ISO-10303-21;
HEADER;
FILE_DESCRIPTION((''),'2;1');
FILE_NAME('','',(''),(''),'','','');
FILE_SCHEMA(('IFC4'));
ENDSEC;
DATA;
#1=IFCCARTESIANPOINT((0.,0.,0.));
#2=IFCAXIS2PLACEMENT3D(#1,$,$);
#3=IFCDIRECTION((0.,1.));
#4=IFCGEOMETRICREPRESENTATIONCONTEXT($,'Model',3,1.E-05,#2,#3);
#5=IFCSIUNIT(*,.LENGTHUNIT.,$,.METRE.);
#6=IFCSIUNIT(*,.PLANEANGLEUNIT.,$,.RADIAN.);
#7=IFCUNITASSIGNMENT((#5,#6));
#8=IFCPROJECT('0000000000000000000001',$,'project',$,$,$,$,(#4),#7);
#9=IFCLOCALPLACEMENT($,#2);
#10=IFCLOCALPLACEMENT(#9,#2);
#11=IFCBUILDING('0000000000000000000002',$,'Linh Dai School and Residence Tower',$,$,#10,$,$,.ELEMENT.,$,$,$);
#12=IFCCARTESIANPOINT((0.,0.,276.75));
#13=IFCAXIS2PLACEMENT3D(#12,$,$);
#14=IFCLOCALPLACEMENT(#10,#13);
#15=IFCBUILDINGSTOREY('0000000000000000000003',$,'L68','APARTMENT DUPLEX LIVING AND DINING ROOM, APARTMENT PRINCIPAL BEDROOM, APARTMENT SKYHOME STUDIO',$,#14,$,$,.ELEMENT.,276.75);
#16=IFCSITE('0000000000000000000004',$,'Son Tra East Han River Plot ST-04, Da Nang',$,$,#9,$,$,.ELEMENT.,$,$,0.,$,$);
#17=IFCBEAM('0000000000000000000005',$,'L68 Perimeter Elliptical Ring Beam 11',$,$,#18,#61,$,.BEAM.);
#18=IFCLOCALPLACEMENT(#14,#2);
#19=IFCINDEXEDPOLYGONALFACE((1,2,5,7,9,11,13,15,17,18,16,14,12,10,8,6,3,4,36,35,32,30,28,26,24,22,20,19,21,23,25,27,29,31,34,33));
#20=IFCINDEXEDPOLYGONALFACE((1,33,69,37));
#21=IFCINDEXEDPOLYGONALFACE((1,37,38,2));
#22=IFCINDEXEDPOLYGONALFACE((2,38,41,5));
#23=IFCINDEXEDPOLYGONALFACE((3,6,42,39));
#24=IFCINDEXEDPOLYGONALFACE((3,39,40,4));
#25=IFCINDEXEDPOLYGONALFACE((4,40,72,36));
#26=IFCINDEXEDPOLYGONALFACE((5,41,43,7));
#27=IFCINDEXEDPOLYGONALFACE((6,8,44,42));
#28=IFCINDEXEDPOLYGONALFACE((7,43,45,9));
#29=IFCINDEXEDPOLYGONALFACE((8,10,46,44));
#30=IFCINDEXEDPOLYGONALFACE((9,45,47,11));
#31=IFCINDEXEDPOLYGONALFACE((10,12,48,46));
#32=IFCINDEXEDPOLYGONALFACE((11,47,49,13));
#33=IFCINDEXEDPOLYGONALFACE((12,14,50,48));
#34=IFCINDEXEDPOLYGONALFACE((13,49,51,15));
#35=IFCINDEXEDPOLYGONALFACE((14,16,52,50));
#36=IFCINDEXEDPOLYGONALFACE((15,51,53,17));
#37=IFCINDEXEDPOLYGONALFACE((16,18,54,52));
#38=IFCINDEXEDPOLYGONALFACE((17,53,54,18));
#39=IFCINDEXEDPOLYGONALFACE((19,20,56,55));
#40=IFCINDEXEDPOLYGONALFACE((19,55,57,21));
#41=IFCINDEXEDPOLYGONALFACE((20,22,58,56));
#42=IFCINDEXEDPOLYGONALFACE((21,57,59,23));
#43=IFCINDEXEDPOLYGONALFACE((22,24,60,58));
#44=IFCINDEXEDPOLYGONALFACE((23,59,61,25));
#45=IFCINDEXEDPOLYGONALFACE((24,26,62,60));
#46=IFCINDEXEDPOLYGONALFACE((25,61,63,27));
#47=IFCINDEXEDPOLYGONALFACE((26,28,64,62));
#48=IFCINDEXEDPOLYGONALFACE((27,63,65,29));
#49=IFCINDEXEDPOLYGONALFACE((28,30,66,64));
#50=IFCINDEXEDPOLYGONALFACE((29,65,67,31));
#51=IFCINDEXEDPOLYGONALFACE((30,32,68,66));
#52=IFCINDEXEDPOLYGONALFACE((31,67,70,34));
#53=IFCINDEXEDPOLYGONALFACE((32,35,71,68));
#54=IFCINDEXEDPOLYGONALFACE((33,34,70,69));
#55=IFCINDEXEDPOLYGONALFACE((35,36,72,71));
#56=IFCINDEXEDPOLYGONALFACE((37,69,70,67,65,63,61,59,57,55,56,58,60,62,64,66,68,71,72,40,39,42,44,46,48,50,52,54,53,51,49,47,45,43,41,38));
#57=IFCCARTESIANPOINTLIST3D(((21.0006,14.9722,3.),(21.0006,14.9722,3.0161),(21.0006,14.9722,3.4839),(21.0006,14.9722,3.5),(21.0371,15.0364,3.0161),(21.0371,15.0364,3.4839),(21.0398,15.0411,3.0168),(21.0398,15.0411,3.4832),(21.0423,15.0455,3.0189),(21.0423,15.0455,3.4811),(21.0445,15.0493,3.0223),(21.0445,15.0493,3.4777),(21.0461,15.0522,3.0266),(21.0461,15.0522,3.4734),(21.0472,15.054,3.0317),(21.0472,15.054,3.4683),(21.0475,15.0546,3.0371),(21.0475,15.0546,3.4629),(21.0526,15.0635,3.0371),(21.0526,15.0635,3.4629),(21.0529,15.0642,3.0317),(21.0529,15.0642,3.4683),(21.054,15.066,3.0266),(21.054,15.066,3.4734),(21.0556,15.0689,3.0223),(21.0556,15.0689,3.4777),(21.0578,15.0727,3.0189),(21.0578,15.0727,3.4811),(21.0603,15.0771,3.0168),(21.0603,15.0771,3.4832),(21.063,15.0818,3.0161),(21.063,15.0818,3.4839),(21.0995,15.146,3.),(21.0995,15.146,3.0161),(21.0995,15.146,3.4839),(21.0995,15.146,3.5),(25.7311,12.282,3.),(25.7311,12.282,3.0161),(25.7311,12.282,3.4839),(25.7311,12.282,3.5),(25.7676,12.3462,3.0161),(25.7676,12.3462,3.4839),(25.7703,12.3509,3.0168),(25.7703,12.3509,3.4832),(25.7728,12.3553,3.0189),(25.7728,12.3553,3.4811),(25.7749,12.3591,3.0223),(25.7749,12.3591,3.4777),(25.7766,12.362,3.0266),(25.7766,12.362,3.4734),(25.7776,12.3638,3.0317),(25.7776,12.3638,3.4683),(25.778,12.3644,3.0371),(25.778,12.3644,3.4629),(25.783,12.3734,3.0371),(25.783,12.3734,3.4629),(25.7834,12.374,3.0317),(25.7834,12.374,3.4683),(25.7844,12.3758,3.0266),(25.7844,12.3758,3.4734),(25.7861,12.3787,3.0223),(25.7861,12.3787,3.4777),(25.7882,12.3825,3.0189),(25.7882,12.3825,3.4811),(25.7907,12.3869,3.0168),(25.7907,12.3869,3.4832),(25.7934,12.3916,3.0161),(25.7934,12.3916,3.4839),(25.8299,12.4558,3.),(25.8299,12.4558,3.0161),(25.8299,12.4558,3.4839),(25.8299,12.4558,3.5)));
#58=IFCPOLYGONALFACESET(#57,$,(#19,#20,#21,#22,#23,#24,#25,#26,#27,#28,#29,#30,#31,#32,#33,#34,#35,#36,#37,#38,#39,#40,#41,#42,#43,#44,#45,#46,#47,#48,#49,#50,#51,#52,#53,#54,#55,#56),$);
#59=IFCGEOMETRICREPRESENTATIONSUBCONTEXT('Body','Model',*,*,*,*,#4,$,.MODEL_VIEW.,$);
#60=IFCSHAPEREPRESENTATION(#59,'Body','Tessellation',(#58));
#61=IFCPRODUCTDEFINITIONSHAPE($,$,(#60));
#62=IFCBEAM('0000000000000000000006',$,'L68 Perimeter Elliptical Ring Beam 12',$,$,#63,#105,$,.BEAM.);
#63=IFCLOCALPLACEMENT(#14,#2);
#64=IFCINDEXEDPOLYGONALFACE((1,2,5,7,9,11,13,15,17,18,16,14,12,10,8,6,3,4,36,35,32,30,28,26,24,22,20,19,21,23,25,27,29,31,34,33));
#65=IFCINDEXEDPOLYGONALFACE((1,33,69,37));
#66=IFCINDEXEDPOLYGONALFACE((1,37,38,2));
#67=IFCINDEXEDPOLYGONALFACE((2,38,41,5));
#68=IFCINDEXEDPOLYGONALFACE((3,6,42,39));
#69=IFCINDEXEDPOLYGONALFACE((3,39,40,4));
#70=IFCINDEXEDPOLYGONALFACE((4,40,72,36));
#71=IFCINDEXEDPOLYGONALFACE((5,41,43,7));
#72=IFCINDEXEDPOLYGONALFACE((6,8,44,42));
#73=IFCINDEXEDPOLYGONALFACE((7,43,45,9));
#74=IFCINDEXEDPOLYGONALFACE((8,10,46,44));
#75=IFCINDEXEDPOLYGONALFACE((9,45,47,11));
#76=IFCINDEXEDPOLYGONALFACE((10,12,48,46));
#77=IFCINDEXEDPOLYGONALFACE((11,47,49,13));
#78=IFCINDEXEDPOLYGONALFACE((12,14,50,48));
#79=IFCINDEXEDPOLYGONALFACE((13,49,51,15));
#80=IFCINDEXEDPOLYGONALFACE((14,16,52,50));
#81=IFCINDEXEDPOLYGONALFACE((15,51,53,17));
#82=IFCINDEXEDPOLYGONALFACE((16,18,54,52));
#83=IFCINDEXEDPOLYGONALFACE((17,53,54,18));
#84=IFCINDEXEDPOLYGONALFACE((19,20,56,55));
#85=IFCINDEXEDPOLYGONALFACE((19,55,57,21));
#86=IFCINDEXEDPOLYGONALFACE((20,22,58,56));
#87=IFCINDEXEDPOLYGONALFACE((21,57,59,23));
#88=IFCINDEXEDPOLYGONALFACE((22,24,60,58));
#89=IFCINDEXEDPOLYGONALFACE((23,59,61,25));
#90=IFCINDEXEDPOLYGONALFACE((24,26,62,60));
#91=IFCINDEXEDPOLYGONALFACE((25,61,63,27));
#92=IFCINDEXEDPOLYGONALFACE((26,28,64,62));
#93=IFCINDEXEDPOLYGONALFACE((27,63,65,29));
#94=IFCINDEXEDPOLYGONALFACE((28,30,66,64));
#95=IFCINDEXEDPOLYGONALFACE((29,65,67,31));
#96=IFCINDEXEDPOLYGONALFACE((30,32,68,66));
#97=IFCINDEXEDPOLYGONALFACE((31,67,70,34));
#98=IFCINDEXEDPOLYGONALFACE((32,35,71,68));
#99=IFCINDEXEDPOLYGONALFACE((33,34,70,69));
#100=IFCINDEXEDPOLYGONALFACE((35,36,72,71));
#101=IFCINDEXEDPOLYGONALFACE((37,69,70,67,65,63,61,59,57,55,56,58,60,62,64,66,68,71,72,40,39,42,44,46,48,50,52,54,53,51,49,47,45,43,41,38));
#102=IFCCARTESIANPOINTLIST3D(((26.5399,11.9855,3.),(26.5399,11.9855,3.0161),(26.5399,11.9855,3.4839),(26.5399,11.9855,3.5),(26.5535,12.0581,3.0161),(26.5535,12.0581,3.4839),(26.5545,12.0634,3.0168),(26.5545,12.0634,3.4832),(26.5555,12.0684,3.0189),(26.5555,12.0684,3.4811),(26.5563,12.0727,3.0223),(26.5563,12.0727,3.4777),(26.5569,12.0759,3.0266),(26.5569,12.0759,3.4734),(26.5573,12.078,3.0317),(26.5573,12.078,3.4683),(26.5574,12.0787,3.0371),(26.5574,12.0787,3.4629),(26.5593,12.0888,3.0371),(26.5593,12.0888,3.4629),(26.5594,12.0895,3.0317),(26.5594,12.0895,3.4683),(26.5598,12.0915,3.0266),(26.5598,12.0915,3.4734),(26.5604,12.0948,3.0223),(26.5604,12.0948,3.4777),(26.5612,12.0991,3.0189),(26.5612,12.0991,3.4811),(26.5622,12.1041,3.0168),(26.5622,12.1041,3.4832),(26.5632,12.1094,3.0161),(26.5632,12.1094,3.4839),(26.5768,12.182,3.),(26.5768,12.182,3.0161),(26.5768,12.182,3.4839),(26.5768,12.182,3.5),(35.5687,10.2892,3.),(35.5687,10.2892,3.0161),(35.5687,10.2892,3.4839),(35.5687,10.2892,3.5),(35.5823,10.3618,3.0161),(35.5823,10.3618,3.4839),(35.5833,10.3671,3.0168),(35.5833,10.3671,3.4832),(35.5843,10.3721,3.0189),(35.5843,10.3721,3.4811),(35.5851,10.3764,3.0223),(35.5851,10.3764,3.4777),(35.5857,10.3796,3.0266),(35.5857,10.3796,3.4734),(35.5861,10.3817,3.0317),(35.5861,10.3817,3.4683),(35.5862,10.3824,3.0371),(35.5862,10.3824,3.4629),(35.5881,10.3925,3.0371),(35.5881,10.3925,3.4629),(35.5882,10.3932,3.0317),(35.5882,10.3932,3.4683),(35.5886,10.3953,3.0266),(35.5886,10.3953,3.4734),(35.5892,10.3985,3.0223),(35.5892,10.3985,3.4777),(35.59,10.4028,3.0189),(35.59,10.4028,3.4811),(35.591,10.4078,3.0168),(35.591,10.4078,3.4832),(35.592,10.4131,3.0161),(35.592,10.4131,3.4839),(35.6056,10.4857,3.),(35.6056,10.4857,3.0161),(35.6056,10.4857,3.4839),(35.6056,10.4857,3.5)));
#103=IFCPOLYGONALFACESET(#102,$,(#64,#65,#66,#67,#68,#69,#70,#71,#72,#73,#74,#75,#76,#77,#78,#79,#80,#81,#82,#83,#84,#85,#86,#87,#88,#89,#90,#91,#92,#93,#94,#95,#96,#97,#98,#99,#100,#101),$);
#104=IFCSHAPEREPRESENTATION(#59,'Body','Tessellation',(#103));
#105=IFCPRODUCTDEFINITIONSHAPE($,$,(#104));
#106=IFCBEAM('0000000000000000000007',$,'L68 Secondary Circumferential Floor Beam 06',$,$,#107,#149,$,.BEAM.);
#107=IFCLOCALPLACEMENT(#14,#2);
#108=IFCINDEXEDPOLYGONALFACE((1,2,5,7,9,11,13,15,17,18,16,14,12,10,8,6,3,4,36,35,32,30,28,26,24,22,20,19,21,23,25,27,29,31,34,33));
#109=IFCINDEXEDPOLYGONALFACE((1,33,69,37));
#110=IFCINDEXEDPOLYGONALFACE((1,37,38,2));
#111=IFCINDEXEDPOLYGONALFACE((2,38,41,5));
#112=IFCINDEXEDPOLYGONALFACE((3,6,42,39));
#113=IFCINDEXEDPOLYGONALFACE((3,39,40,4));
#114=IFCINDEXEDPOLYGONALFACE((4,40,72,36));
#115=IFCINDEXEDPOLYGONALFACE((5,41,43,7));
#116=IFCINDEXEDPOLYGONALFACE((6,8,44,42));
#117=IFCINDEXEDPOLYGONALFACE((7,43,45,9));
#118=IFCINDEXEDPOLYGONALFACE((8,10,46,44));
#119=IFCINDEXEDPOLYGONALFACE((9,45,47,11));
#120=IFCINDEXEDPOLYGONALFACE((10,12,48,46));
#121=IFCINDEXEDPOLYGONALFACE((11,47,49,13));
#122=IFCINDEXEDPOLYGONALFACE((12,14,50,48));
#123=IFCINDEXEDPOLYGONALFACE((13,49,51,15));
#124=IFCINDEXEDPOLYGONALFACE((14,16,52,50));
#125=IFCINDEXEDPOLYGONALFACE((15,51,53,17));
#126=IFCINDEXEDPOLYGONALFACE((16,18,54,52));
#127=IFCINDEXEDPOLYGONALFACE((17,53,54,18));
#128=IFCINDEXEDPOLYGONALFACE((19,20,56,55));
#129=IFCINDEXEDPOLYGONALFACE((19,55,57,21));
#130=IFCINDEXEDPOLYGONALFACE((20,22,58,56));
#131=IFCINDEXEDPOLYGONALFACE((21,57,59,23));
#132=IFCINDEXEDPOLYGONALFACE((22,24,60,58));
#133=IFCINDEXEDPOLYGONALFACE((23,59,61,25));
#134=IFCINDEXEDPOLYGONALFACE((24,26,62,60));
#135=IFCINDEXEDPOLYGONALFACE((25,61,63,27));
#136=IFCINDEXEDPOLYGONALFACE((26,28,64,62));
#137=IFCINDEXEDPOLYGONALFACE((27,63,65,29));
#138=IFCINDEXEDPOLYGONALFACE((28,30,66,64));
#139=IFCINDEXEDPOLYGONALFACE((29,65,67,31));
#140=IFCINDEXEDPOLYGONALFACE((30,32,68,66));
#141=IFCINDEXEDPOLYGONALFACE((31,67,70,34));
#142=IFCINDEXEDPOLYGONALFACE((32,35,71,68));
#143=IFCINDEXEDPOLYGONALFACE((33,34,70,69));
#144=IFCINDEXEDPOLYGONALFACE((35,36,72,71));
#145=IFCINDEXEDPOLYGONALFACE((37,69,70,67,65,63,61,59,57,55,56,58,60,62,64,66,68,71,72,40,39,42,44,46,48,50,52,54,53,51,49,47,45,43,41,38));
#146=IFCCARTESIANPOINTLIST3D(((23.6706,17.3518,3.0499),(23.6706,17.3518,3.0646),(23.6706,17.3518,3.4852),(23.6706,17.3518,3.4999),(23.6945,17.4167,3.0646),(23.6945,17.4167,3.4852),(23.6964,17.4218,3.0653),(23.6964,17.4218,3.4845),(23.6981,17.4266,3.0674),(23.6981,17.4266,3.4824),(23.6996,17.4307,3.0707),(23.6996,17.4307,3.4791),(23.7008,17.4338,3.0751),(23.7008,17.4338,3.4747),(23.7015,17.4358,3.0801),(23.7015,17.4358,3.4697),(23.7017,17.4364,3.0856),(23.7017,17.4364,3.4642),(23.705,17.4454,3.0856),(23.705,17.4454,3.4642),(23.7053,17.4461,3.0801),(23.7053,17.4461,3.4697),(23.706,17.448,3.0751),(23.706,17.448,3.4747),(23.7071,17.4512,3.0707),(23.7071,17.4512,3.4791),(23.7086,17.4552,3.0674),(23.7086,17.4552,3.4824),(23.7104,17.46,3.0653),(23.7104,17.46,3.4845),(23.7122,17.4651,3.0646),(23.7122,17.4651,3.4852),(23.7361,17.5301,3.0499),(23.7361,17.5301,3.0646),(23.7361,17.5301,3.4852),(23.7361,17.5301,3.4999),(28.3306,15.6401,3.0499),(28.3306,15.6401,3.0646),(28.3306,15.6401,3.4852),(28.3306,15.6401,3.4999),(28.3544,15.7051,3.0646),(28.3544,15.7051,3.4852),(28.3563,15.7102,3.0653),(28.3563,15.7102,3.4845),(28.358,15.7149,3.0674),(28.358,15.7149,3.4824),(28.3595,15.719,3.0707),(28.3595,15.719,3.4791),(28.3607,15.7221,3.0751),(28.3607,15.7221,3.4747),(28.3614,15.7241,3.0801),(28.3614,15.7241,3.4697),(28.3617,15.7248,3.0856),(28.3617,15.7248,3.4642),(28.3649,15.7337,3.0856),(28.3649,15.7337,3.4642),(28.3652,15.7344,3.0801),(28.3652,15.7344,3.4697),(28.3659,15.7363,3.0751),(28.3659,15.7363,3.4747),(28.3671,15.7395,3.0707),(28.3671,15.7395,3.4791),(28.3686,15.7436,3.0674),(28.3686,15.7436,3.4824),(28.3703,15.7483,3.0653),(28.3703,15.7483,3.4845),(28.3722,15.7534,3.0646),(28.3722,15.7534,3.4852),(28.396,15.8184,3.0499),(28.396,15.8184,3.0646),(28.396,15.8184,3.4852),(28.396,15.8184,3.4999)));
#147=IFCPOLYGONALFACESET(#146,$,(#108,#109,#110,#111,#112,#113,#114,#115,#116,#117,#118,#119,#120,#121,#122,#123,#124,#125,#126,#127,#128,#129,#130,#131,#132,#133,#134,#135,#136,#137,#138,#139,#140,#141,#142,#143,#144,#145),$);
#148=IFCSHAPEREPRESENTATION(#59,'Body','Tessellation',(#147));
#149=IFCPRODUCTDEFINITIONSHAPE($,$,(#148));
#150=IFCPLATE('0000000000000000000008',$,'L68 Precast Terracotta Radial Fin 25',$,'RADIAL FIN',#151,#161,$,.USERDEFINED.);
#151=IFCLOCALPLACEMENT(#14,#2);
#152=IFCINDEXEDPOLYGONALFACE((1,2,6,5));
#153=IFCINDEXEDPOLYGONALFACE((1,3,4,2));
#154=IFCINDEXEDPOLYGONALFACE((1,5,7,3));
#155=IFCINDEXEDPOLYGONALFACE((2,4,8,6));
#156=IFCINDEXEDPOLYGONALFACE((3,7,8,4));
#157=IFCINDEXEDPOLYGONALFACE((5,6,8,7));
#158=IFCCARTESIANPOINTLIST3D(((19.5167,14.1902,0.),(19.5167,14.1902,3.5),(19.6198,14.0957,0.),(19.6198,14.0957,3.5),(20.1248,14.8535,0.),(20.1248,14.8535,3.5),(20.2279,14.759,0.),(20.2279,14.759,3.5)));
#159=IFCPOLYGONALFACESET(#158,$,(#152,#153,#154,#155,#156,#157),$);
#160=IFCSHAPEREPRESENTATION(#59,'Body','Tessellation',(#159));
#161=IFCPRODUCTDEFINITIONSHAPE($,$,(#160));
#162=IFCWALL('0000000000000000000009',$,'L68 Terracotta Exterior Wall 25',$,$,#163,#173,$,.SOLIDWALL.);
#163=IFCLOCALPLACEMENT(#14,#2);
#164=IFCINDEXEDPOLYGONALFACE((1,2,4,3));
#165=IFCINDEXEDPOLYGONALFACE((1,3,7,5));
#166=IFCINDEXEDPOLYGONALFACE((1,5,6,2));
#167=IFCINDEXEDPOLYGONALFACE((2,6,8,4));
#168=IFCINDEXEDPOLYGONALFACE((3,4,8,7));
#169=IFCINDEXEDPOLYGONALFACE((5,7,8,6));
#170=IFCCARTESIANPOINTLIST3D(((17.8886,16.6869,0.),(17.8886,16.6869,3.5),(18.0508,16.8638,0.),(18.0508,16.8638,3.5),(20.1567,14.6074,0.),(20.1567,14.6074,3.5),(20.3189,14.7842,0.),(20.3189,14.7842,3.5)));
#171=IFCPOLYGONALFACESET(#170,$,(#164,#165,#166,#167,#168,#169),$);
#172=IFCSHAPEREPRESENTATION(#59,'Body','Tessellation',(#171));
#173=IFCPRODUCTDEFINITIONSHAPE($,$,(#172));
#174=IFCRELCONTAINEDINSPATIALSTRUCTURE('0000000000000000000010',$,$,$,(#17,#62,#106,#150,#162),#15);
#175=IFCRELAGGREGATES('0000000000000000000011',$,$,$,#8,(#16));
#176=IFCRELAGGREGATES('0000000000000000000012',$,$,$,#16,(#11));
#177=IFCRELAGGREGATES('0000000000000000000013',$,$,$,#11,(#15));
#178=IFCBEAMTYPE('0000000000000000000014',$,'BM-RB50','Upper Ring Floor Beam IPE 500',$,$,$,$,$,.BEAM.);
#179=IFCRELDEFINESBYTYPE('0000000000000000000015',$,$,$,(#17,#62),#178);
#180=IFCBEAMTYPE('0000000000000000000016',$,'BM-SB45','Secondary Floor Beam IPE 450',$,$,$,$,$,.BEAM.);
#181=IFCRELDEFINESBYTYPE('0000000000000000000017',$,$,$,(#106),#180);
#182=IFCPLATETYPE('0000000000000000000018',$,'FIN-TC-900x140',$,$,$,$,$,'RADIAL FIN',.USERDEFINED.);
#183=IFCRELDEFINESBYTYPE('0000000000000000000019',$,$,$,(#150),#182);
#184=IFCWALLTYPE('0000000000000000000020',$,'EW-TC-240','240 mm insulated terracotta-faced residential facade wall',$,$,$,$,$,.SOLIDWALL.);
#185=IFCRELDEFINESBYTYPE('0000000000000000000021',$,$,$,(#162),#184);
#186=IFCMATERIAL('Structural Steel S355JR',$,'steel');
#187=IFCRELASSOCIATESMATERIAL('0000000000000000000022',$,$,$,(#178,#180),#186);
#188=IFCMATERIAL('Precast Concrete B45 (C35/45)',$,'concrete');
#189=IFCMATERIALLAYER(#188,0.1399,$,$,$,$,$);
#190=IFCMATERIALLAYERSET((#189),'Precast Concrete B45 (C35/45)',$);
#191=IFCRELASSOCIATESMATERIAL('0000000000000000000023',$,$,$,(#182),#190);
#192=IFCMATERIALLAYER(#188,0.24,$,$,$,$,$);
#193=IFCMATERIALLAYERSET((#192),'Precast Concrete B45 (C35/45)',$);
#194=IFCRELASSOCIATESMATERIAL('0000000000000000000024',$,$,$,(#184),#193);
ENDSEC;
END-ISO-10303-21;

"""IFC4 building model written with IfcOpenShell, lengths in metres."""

from ifc_helpers import new_model, si_unit, direction, frame, frame_2d, origin, origin_2d, place, context, subcontext, project, spatial, rectangle, i_section, extrude, source, transform, mapped, material, layer, layer_set, material_profile, profile_set, type_object, element, save


model = new_model("IFC4")

# Units and contexts
model_context = context("Model", 3, precision=1e-05, world=origin(), true_north=direction((0.0, 1.0)))
body_context = subcontext(model_context, "Body", "Model", "MODEL_VIEW")
ifc_project = project(units=[si_unit("LENGTHUNIT", "METRE"), si_unit("PLANEANGLEUNIT", "RADIAN")], contexts=[model_context])

# Site, building, storey
site_placement = place(None, origin())
site = spatial("IfcSite", under=ifc_project, at=site_placement, Name="Son Tra East Han River Plot ST-04, Da Nang", CompositionType="ELEMENT", RefElevation=0.0)
building_placement = place(site_placement, origin())
building = spatial("IfcBuilding", under=site, at=building_placement, Name="Linh Dai School and Residence Tower", CompositionType="ELEMENT")
storey_placement = place(building_placement, frame((0.0, 0.0, 276.75)))
storey = spatial("IfcBuildingStorey", under=building, at=storey_placement, Name="L68", Description="APARTMENT DUPLEX LIVING AND DINING ROOM, APARTMENT PRINCIPAL BEDROOM, APARTMENT SKYHOME STUDIO", CompositionType="ELEMENT", Elevation=276.75)

# Shared definitions
ifc_material_1 = material(Name="Structural Steel S355JR", Category="steel")

# Beams
ifc_material_profile_1 = material_profile(ifc_material_1, i_section(OverallWidth=0.2, OverallDepth=0.5, WebThickness=0.0103, FlangeThickness=0.0161, FilletRadius=0.021, at=origin_2d()), Name="IPE 500")
ifc_profile_set_1 = profile_set([ifc_material_profile_1], Name="Structural Steel S355JR")
beam_type_1 = type_object("IfcBeamType", Name="BM-RB50", Description="Upper Ring Floor Beam IPE 500", PredefinedType="BEAM", material=ifc_profile_set_1)
beam_1_placement = place(storey_placement, frame((21.05, 15.0591, 3.25), z_axis=(0.869266, -0.494345, 0.0), x_axis=(0.494345, 0.869266, 0.0)))
element("IfcBeam", 1, at=beam_1_placement, inside=storey, type_object=beam_type_1, Name="L68 Perimeter Elliptical Ring Beam 11", PredefinedType="BEAM", context=body_context, shape_type="SweptSolid", body=[
    extrude(i_section(OverallWidth=0.2, OverallDepth=0.5, WebThickness=0.0103, FlangeThickness=0.0161, FilletRadius=0.021, at=origin_2d()), origin(), (0.0, 0.0, 1.0), 5.4419),
])
beam_2_placement = place(storey_placement, frame((26.5583, 12.0837, 3.25), z_axis=(0.982805, -0.184645, 0.0), x_axis=(0.184645, 0.982805, 0.0)))
element("IfcBeam", 2, at=beam_2_placement, inside=storey, type_object=beam_type_1, Name="L68 Perimeter Elliptical Ring Beam 12", PredefinedType="BEAM", context=body_context, shape_type="SweptSolid", body=[
    extrude(i_section(OverallWidth=0.2, OverallDepth=0.5, WebThickness=0.0103, FlangeThickness=0.0161, FilletRadius=0.021, at=origin_2d()), origin(), (0.0, 0.0, 1.0), 9.1868),
])
ifc_material_profile_2 = material_profile(ifc_material_1, i_section(OverallWidth=0.1899, OverallDepth=0.45, WebThickness=0.0095, FlangeThickness=0.0146, FilletRadius=0.021, at=origin_2d()), Name="IPE 450")
ifc_profile_set_2 = profile_set([ifc_material_profile_2], Name="Structural Steel S355JR")
beam_type_2 = type_object("IfcBeamType", Name="BM-SB45", Description="Secondary Floor Beam IPE 450", PredefinedType="BEAM", material=ifc_profile_set_2)
beam_3_placement = place(storey_placement, frame((23.7034, 17.4409, 3.2749), z_axis=(0.938679, -0.344794, 0.0), x_axis=(0.344794, 0.938679, 0.0)))
element("IfcBeam", 3, at=beam_3_placement, inside=storey, type_object=beam_type_2, Name="L68 Secondary Circumferential Floor Beam 06", PredefinedType="BEAM", context=body_context, shape_type="SweptSolid", body=[
    extrude(i_section(OverallWidth=0.1899, OverallDepth=0.45, WebThickness=0.0095, FlangeThickness=0.0146, FilletRadius=0.021, at=origin_2d()), origin(), (0.0, 0.0, 1.0), 4.9644),
])

# Plate
ifc_material_2 = material(Name="Precast Concrete B45 (C35/45)", Category="concrete")
ifc_layer_1 = layer(ifc_material_2, 0.1399)
ifc_layer_set_1 = layer_set([ifc_layer_1], Name="Precast Concrete B45 (C35/45)")
plate_type = type_object("IfcPlateType", Name="FIN-TC-900x140", ElementType="RADIAL FIN", PredefinedType="USERDEFINED", material=ifc_layer_set_1)
shared_shape_1 = source(origin(), body_context, "Body", "SweptSolid", [
    extrude(rectangle(XDim=0.8999, YDim=0.1399, at=origin_2d()), origin(), (0.0, 0.0, 1.0), 3.5),
])
plate_placement = place(storey_placement, frame((19.8723, 14.4746, 0.0), z_axis=(0.0, 0.0, 1.0), x_axis=(-0.675779, -0.737104, 0.0)))
element("IfcPlate", 4, at=plate_placement, inside=storey, type_object=plate_type, Name="L68 Precast Terracotta Radial Fin 25", ObjectType="RADIAL FIN", PredefinedType="USERDEFINED", context=body_context, shape_type="MappedRepresentation", body=[
    mapped(shared_shape_1, transform((0.0, 0.0, 0.0), x_axis=(1.0, 0.0, 0.0), y_axis=(0.0, 1.0, 0.0), z_axis=(0.0, 0.0, 1.0), scale=1.0)),
])

# Wall
ifc_layer_2 = layer(ifc_material_2, 0.24)
ifc_layer_set_2 = layer_set([ifc_layer_2], Name="Precast Concrete B45 (C35/45)")
wall_type_1 = type_object("IfcWallType", Name="EW-TC-240", Description="240 mm insulated terracotta-faced residential facade wall", PredefinedType="SOLIDWALL", material=ifc_layer_set_2)
wall_1_placement = place(storey_placement, frame((20.2378, 14.6958, 0.0), z_axis=(0.0, 0.0, 1.0), x_axis=(-0.737069, 0.675818, 0.0)))
element("IfcWall", 5, at=wall_1_placement, inside=storey, type_object=wall_type_1, Name="L68 Terracotta Exterior Wall 25", PredefinedType="SOLIDWALL", context=body_context, shape_type="SweptSolid", body=[
    extrude(rectangle(XDim=3.0771, YDim=0.24, at=frame_2d((1.5386, 0.0))), origin(), (0.0, 0.0, 1.0), 3.5),
])

save(model, "model.ifc")
